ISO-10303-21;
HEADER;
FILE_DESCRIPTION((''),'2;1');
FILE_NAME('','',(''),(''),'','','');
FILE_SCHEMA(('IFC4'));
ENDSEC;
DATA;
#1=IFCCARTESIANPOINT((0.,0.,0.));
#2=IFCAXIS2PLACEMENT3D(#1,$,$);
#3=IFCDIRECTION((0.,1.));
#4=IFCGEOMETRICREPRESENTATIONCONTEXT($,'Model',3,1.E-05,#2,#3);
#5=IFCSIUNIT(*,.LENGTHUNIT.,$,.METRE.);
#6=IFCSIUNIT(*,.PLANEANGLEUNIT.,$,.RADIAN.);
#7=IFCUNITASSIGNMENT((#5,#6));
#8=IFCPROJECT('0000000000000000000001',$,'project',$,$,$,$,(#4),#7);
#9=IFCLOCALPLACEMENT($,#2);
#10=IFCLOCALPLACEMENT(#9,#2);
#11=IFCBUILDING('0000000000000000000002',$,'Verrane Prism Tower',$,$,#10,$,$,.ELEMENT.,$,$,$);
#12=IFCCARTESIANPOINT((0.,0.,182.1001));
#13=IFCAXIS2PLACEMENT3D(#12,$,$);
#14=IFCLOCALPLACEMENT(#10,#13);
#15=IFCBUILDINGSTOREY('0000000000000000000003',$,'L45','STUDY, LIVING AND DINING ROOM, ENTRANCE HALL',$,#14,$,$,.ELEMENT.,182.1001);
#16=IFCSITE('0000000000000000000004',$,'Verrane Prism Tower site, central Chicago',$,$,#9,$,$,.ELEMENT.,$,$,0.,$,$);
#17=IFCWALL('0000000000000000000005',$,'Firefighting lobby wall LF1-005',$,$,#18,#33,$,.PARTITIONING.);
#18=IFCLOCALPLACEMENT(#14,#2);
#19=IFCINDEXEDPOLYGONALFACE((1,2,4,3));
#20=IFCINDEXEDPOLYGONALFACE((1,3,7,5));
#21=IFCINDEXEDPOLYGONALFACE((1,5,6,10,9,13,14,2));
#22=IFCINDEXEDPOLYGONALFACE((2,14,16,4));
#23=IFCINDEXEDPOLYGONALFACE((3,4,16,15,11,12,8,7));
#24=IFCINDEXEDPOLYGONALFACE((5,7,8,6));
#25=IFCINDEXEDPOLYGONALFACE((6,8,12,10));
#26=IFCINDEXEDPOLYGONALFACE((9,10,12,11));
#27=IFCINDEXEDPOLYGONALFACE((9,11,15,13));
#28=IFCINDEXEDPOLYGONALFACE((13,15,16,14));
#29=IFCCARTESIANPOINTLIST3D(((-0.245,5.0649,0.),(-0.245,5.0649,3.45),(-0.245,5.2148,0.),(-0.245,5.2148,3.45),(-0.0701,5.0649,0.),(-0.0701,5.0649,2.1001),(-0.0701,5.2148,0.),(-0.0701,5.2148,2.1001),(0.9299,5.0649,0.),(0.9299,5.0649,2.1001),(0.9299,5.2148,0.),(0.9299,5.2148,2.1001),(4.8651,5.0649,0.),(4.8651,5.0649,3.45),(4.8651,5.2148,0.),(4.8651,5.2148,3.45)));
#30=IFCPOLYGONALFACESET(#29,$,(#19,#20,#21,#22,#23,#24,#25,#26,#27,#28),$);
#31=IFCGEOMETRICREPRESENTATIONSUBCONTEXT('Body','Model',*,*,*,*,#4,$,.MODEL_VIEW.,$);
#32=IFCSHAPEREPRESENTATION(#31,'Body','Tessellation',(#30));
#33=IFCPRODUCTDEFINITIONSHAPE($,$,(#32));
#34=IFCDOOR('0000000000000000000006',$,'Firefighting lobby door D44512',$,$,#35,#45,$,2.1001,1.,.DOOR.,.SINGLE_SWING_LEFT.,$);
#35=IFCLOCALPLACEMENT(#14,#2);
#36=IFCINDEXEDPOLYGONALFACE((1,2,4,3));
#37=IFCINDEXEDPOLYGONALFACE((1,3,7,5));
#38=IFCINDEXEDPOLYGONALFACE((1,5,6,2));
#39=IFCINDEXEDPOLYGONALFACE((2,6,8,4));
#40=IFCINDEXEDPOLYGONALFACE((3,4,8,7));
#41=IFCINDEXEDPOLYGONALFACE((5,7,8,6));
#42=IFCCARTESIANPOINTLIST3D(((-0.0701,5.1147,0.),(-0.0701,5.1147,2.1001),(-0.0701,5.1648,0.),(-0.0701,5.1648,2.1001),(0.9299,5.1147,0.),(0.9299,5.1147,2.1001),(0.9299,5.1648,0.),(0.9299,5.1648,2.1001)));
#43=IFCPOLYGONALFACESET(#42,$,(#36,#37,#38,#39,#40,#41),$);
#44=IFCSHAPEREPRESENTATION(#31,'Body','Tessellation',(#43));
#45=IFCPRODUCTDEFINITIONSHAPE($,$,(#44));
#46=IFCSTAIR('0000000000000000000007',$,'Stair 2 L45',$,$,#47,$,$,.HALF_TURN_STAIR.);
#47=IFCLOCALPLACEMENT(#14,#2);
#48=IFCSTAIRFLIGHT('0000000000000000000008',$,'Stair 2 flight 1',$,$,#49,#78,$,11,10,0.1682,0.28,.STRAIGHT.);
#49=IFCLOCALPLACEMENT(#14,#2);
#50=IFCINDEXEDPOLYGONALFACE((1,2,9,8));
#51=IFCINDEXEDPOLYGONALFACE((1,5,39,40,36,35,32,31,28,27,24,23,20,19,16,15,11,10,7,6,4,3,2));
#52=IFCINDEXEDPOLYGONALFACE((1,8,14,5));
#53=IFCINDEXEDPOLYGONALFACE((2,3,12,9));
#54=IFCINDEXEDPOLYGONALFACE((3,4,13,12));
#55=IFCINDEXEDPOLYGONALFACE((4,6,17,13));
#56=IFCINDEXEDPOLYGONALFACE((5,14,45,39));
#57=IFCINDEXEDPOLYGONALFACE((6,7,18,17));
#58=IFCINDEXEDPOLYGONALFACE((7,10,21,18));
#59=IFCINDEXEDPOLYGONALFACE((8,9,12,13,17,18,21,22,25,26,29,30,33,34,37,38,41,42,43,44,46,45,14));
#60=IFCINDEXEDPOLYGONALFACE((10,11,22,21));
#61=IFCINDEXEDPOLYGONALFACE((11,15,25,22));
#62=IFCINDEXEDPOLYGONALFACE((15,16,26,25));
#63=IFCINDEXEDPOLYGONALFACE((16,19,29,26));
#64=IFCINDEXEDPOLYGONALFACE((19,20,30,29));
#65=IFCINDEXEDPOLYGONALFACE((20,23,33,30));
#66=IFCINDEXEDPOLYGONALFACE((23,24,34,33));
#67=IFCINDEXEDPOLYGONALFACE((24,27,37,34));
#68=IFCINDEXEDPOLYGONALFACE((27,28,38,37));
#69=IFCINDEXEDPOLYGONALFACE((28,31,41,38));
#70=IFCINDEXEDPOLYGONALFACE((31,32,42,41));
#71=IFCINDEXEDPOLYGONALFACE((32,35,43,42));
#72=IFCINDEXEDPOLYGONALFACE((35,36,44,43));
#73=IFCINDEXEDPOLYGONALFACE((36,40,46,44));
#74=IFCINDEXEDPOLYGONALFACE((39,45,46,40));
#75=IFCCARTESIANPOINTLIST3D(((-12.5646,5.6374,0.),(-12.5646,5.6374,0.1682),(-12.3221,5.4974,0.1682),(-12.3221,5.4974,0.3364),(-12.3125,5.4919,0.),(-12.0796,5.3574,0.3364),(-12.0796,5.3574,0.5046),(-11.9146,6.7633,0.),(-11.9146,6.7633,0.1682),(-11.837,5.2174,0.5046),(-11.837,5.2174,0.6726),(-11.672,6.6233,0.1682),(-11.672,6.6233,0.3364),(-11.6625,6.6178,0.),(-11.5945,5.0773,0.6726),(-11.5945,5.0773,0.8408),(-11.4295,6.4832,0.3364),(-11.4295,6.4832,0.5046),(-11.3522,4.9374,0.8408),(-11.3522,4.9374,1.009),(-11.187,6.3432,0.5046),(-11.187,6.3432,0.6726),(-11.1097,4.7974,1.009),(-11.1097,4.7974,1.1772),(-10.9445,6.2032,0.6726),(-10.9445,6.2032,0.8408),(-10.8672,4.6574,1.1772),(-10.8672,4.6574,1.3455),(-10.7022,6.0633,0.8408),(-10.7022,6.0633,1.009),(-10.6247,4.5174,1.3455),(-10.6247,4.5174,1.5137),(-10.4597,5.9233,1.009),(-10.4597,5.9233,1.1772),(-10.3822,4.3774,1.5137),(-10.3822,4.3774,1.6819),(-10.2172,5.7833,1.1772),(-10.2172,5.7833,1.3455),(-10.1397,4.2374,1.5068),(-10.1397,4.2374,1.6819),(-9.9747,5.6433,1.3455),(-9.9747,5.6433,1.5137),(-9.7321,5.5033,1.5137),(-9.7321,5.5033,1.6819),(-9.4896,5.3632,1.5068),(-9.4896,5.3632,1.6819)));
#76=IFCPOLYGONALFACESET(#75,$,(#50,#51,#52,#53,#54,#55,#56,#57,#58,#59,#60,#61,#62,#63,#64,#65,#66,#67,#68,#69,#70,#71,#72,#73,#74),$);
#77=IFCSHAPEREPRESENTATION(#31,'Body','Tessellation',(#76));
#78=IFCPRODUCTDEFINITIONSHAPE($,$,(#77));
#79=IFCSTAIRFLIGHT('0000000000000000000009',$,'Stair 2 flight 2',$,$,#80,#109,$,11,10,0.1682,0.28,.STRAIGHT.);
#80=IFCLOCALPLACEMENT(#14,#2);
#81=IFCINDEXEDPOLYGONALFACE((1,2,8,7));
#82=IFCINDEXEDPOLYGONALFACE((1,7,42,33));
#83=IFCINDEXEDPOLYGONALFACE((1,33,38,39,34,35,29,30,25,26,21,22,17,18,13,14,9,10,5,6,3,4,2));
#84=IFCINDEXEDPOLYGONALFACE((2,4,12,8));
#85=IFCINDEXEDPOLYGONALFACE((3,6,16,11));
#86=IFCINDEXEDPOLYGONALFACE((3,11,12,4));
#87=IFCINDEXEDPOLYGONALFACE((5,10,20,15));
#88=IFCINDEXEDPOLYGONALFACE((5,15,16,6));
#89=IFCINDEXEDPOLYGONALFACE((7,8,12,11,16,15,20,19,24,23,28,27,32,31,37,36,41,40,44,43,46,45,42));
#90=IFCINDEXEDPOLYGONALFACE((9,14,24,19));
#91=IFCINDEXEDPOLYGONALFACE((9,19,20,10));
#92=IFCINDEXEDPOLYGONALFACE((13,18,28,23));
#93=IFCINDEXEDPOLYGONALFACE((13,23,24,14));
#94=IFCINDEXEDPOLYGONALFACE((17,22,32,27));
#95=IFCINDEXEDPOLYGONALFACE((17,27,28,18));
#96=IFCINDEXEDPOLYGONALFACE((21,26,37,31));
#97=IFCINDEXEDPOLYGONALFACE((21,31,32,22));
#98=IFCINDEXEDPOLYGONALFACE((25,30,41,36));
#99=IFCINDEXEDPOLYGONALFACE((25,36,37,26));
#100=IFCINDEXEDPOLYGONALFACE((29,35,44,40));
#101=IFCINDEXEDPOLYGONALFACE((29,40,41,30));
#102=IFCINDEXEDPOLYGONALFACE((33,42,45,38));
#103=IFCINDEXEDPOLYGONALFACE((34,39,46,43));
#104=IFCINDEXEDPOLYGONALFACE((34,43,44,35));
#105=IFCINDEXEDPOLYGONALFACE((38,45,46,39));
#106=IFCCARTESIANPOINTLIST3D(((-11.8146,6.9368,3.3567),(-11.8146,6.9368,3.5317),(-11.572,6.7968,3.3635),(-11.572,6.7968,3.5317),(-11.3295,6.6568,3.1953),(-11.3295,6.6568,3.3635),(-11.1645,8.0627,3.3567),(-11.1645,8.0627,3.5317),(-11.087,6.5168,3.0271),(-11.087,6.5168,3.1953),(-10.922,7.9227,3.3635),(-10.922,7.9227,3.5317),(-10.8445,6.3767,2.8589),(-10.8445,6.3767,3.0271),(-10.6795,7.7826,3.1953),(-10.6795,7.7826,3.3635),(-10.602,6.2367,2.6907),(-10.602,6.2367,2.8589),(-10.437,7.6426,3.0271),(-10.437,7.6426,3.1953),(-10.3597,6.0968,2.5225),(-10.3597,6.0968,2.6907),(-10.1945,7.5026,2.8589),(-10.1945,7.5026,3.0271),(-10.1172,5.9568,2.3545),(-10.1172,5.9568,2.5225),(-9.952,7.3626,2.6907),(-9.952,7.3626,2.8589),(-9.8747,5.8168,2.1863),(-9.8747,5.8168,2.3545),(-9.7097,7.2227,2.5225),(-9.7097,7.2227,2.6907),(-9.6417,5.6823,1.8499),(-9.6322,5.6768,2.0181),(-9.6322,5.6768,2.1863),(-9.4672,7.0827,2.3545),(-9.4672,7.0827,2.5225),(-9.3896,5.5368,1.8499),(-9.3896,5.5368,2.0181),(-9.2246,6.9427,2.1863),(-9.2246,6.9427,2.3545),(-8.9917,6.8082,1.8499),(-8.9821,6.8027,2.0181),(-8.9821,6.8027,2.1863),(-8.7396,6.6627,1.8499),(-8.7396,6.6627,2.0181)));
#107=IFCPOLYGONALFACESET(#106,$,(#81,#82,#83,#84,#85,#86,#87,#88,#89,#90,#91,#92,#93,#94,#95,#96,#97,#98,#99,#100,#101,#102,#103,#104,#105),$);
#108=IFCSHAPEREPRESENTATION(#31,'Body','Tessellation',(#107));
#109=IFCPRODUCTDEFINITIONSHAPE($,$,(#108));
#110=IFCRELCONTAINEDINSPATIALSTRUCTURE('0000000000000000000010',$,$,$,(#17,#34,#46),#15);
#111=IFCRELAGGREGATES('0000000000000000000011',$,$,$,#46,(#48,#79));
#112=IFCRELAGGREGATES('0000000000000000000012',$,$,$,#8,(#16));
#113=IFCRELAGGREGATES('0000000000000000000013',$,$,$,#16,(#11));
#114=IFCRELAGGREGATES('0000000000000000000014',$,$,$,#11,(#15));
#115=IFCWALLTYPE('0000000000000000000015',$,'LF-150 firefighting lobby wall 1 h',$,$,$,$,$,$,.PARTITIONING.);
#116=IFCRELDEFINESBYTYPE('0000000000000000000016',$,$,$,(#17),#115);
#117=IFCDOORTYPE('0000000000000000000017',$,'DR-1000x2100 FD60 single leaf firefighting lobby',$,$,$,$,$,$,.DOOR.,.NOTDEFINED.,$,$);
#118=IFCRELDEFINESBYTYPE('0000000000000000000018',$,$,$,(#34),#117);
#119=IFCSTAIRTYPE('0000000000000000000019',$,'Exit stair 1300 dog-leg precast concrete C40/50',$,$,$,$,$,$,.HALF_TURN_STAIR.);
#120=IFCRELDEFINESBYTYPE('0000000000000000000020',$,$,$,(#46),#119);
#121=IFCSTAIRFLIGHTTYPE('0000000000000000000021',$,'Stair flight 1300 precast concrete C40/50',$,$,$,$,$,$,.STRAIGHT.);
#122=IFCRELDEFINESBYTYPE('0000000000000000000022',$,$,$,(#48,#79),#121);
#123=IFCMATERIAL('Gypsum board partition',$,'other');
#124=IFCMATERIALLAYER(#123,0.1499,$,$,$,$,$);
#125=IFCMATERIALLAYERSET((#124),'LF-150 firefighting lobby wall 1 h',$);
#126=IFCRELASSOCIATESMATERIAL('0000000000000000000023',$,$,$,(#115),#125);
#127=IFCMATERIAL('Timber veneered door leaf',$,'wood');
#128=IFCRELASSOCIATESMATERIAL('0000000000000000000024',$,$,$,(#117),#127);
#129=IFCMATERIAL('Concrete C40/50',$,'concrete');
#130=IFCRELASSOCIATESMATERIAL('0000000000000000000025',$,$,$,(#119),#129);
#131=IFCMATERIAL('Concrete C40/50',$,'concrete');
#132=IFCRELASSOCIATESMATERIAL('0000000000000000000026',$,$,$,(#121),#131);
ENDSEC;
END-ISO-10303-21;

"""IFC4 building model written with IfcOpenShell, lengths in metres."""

from ifc_helpers import new_model, si_unit, direction, frame, frame_2d, origin, place, context, subcontext, project, spatial, polyline, rectangle, outline, extrude, material, layer, layer_set, type_object, element, fill, aggregate, save


model = new_model("IFC4")

# Units and contexts
model_context = context("Model", 3, precision=1e-05, world=origin(), true_north=direction((0.0, 1.0)))
body_context = subcontext(model_context, "Body", "Model", "MODEL_VIEW")
ifc_project = project(units=[si_unit("LENGTHUNIT", "METRE"), si_unit("PLANEANGLEUNIT", "RADIAN")], contexts=[model_context])

# Site, building, storey
site_placement = place(None, origin())
site = spatial("IfcSite", under=ifc_project, at=site_placement, Name="Verrane Prism Tower site, central Chicago", CompositionType="ELEMENT", RefElevation=0.0)
building_placement = place(site_placement, origin())
building = spatial("IfcBuilding", under=site, at=building_placement, Name="Verrane Prism Tower", CompositionType="ELEMENT")
storey_placement = place(building_placement, frame((0.0, 0.0, 182.1001)))
storey = spatial("IfcBuildingStorey", under=building, at=storey_placement, Name="L45", Description="STUDY, LIVING AND DINING ROOM, ENTRANCE HALL", CompositionType="ELEMENT", Elevation=182.1001)

# Shared definitions
ifc_material_1 = material(Name="Gypsum board partition", Category="other")
ifc_layer_1 = layer(ifc_material_1, 0.1499)
ifc_layer_set_1 = layer_set([ifc_layer_1], Name="LF-150 firefighting lobby wall 1 h")
wall_type_1 = type_object("IfcWallType", Name="LF-150 firefighting lobby wall 1 h", PredefinedType="PARTITIONING", material=ifc_layer_set_1)

# Shared definitions
ifc_material_2 = material(Name="Timber veneered door leaf", Category="wood")
door_type_1 = type_object("IfcDoorType", Name="DR-1000x2100 FD60 single leaf firefighting lobby", OperationType="NOTDEFINED", PredefinedType="DOOR", material=ifc_material_2)

# Wall, opening, door
wall_1_placement = place(storey_placement, frame((-0.2451, 5.1399, 0.0), z_axis=(0.0, 0.0, 1.0), x_axis=(1.0, 0.0, 0.0)))
wall_1 = element("IfcWall", 1, at=wall_1_placement, inside=storey, type_object=wall_type_1, Name="Firefighting lobby wall LF1-005", PredefinedType="PARTITIONING", context=body_context, shape_type="SweptSolid", body=[
    extrude(rectangle(XDim=5.1101, YDim=0.1499, at=frame_2d((2.5552, 0.0))), origin(), (0.0, 0.0, 1.0), 3.45),
])
opening_1_placement = place(wall_1_placement, frame((0.175, 0.0, 0.0)))
opening_1 = element("IfcOpeningElement", 2, at=opening_1_placement, cuts=wall_1, PredefinedType="OPENING", context=body_context, shape_type="SweptSolid", body=[
    extrude(rectangle(XDim=1.0, YDim=2.1001, at=frame_2d((0.5, 1.05))), frame((0.0, 0.085, 0.0), z_axis=(0.0, -1.0, 0.0), x_axis=(1.0, 0.0, 0.0)), (0.0, 0.0, 1.0), 0.1699),
])
door_1_placement = place(opening_1_placement, origin())
door_1 = element("IfcDoor", 3, at=door_1_placement, inside=storey, type_object=door_type_1, Name="Firefighting lobby door D44512", OperationType="SINGLE_SWING_LEFT", OverallHeight=2.1001, OverallWidth=1.0, PredefinedType="DOOR", context=body_context, shape_type="SweptSolid", body=[
    extrude(rectangle(XDim=1.0, YDim=2.1001, at=frame_2d((0.5, 1.05))), frame((0.0, 0.0249, 0.0), z_axis=(0.0, -1.0, 0.0), x_axis=(1.0, 0.0, 0.0)), (0.0, 0.0, 1.0), 0.05),
])
fill(opening_1, door_1)

# Stair, stair flights
ifc_material_3 = material(Name="Concrete C40/50", Category="concrete")
stair_type = type_object("IfcStairType", Name="Exit stair 1300 dog-leg precast concrete C40/50", PredefinedType="HALF_TURN_STAIR", material=ifc_material_3)
stair_placement = place(storey_placement, origin())
stair = element("IfcStair", 4, at=stair_placement, inside=storey, type_object=stair_type, Name="Stair 2 L45", PredefinedType="HALF_TURN_STAIR")
ifc_material_4 = material(Name="Concrete C40/50", Category="concrete")
stair_flight_type = type_object("IfcStairFlightType", Name="Stair flight 1300 precast concrete C40/50", PredefinedType="STRAIGHT", material=ifc_material_4)
stair_flight_1_placement = place(storey_placement, frame((-12.2395, 6.2004, 0.0), z_axis=(0.0, 0.0, 1.0), x_axis=(0.866025, -0.5, 0.0)))
stair_flight_1 = element("IfcStairFlight", 5, at=stair_flight_1_placement, type_object=stair_flight_type, Name="Stair 2 flight 1", NumberOfRisers=11, NumberOfTreads=10, PredefinedType="STRAIGHT", RiserHeight=0.1682, TreadLength=0.28, context=body_context, shape_type="SweptSolid", body=[
    extrude(outline(polyline([(0.0, 0.0), (0.0, 0.1682), (0.28, 0.1682), (0.28, 0.3364), (0.5601, 0.3364), (0.5601, 0.5046), (0.8401, 0.5046), (0.8401, 0.6726), (1.1201, 0.6726), (1.1201, 0.8408), (1.3999, 0.8408), (1.3999, 1.009), (1.6799, 1.009), (1.6799, 1.1772), (1.96, 1.1772), (1.96, 1.3455), (2.24, 1.3455), (2.24, 1.5137), (2.52, 1.5137), (2.52, 1.6819), (2.8, 1.6819), (2.8, 1.8501), (2.8, 1.5068), (0.291, 0.0), (0.0, 0.0)])), frame((0.0, 0.6499, 0.0), z_axis=(0.0, -1.0, 0.0), x_axis=(1.0, 0.0, 0.0)), (0.0, 0.0, 1.0), 1.3),
])
stair_flight_2_placement = place(storey_placement, frame((-9.0647, 6.0996, 1.8499), z_axis=(0.0, 0.0, 1.0), x_axis=(-0.866025, 0.5, 0.0)))
stair_flight_2 = element("IfcStairFlight", 6, at=stair_flight_2_placement, type_object=stair_flight_type, Name="Stair 2 flight 2", NumberOfRisers=11, NumberOfTreads=10, PredefinedType="STRAIGHT", RiserHeight=0.1682, TreadLength=0.28, context=body_context, shape_type="SweptSolid", body=[
    extrude(outline(polyline([(0.0, 0.0), (0.0, 0.1682), (0.28, 0.1682), (0.28, 0.3364), (0.5601, 0.3364), (0.5601, 0.5046), (0.8401, 0.5046), (0.8401, 0.6726), (1.1201, 0.6726), (1.1201, 0.8408), (1.3999, 0.8408), (1.3999, 1.009), (1.6799, 1.009), (1.6799, 1.1772), (1.96, 1.1772), (1.96, 1.3455), (2.24, 1.3455), (2.24, 1.5137), (2.52, 1.5137), (2.52, 1.6819), (2.8, 1.6819), (2.8, 1.8501), (2.8, 1.5068), (0.291, 0.0), (0.0, 0.0)])), frame((0.0, 0.6499, 0.0), z_axis=(0.0, -1.0, 0.0), x_axis=(1.0, 0.0, 0.0)), (0.0, 0.0, 1.0), 1.3),
])
aggregate(stair, [stair_flight_1, stair_flight_2])

save(model, "model.ifc")
